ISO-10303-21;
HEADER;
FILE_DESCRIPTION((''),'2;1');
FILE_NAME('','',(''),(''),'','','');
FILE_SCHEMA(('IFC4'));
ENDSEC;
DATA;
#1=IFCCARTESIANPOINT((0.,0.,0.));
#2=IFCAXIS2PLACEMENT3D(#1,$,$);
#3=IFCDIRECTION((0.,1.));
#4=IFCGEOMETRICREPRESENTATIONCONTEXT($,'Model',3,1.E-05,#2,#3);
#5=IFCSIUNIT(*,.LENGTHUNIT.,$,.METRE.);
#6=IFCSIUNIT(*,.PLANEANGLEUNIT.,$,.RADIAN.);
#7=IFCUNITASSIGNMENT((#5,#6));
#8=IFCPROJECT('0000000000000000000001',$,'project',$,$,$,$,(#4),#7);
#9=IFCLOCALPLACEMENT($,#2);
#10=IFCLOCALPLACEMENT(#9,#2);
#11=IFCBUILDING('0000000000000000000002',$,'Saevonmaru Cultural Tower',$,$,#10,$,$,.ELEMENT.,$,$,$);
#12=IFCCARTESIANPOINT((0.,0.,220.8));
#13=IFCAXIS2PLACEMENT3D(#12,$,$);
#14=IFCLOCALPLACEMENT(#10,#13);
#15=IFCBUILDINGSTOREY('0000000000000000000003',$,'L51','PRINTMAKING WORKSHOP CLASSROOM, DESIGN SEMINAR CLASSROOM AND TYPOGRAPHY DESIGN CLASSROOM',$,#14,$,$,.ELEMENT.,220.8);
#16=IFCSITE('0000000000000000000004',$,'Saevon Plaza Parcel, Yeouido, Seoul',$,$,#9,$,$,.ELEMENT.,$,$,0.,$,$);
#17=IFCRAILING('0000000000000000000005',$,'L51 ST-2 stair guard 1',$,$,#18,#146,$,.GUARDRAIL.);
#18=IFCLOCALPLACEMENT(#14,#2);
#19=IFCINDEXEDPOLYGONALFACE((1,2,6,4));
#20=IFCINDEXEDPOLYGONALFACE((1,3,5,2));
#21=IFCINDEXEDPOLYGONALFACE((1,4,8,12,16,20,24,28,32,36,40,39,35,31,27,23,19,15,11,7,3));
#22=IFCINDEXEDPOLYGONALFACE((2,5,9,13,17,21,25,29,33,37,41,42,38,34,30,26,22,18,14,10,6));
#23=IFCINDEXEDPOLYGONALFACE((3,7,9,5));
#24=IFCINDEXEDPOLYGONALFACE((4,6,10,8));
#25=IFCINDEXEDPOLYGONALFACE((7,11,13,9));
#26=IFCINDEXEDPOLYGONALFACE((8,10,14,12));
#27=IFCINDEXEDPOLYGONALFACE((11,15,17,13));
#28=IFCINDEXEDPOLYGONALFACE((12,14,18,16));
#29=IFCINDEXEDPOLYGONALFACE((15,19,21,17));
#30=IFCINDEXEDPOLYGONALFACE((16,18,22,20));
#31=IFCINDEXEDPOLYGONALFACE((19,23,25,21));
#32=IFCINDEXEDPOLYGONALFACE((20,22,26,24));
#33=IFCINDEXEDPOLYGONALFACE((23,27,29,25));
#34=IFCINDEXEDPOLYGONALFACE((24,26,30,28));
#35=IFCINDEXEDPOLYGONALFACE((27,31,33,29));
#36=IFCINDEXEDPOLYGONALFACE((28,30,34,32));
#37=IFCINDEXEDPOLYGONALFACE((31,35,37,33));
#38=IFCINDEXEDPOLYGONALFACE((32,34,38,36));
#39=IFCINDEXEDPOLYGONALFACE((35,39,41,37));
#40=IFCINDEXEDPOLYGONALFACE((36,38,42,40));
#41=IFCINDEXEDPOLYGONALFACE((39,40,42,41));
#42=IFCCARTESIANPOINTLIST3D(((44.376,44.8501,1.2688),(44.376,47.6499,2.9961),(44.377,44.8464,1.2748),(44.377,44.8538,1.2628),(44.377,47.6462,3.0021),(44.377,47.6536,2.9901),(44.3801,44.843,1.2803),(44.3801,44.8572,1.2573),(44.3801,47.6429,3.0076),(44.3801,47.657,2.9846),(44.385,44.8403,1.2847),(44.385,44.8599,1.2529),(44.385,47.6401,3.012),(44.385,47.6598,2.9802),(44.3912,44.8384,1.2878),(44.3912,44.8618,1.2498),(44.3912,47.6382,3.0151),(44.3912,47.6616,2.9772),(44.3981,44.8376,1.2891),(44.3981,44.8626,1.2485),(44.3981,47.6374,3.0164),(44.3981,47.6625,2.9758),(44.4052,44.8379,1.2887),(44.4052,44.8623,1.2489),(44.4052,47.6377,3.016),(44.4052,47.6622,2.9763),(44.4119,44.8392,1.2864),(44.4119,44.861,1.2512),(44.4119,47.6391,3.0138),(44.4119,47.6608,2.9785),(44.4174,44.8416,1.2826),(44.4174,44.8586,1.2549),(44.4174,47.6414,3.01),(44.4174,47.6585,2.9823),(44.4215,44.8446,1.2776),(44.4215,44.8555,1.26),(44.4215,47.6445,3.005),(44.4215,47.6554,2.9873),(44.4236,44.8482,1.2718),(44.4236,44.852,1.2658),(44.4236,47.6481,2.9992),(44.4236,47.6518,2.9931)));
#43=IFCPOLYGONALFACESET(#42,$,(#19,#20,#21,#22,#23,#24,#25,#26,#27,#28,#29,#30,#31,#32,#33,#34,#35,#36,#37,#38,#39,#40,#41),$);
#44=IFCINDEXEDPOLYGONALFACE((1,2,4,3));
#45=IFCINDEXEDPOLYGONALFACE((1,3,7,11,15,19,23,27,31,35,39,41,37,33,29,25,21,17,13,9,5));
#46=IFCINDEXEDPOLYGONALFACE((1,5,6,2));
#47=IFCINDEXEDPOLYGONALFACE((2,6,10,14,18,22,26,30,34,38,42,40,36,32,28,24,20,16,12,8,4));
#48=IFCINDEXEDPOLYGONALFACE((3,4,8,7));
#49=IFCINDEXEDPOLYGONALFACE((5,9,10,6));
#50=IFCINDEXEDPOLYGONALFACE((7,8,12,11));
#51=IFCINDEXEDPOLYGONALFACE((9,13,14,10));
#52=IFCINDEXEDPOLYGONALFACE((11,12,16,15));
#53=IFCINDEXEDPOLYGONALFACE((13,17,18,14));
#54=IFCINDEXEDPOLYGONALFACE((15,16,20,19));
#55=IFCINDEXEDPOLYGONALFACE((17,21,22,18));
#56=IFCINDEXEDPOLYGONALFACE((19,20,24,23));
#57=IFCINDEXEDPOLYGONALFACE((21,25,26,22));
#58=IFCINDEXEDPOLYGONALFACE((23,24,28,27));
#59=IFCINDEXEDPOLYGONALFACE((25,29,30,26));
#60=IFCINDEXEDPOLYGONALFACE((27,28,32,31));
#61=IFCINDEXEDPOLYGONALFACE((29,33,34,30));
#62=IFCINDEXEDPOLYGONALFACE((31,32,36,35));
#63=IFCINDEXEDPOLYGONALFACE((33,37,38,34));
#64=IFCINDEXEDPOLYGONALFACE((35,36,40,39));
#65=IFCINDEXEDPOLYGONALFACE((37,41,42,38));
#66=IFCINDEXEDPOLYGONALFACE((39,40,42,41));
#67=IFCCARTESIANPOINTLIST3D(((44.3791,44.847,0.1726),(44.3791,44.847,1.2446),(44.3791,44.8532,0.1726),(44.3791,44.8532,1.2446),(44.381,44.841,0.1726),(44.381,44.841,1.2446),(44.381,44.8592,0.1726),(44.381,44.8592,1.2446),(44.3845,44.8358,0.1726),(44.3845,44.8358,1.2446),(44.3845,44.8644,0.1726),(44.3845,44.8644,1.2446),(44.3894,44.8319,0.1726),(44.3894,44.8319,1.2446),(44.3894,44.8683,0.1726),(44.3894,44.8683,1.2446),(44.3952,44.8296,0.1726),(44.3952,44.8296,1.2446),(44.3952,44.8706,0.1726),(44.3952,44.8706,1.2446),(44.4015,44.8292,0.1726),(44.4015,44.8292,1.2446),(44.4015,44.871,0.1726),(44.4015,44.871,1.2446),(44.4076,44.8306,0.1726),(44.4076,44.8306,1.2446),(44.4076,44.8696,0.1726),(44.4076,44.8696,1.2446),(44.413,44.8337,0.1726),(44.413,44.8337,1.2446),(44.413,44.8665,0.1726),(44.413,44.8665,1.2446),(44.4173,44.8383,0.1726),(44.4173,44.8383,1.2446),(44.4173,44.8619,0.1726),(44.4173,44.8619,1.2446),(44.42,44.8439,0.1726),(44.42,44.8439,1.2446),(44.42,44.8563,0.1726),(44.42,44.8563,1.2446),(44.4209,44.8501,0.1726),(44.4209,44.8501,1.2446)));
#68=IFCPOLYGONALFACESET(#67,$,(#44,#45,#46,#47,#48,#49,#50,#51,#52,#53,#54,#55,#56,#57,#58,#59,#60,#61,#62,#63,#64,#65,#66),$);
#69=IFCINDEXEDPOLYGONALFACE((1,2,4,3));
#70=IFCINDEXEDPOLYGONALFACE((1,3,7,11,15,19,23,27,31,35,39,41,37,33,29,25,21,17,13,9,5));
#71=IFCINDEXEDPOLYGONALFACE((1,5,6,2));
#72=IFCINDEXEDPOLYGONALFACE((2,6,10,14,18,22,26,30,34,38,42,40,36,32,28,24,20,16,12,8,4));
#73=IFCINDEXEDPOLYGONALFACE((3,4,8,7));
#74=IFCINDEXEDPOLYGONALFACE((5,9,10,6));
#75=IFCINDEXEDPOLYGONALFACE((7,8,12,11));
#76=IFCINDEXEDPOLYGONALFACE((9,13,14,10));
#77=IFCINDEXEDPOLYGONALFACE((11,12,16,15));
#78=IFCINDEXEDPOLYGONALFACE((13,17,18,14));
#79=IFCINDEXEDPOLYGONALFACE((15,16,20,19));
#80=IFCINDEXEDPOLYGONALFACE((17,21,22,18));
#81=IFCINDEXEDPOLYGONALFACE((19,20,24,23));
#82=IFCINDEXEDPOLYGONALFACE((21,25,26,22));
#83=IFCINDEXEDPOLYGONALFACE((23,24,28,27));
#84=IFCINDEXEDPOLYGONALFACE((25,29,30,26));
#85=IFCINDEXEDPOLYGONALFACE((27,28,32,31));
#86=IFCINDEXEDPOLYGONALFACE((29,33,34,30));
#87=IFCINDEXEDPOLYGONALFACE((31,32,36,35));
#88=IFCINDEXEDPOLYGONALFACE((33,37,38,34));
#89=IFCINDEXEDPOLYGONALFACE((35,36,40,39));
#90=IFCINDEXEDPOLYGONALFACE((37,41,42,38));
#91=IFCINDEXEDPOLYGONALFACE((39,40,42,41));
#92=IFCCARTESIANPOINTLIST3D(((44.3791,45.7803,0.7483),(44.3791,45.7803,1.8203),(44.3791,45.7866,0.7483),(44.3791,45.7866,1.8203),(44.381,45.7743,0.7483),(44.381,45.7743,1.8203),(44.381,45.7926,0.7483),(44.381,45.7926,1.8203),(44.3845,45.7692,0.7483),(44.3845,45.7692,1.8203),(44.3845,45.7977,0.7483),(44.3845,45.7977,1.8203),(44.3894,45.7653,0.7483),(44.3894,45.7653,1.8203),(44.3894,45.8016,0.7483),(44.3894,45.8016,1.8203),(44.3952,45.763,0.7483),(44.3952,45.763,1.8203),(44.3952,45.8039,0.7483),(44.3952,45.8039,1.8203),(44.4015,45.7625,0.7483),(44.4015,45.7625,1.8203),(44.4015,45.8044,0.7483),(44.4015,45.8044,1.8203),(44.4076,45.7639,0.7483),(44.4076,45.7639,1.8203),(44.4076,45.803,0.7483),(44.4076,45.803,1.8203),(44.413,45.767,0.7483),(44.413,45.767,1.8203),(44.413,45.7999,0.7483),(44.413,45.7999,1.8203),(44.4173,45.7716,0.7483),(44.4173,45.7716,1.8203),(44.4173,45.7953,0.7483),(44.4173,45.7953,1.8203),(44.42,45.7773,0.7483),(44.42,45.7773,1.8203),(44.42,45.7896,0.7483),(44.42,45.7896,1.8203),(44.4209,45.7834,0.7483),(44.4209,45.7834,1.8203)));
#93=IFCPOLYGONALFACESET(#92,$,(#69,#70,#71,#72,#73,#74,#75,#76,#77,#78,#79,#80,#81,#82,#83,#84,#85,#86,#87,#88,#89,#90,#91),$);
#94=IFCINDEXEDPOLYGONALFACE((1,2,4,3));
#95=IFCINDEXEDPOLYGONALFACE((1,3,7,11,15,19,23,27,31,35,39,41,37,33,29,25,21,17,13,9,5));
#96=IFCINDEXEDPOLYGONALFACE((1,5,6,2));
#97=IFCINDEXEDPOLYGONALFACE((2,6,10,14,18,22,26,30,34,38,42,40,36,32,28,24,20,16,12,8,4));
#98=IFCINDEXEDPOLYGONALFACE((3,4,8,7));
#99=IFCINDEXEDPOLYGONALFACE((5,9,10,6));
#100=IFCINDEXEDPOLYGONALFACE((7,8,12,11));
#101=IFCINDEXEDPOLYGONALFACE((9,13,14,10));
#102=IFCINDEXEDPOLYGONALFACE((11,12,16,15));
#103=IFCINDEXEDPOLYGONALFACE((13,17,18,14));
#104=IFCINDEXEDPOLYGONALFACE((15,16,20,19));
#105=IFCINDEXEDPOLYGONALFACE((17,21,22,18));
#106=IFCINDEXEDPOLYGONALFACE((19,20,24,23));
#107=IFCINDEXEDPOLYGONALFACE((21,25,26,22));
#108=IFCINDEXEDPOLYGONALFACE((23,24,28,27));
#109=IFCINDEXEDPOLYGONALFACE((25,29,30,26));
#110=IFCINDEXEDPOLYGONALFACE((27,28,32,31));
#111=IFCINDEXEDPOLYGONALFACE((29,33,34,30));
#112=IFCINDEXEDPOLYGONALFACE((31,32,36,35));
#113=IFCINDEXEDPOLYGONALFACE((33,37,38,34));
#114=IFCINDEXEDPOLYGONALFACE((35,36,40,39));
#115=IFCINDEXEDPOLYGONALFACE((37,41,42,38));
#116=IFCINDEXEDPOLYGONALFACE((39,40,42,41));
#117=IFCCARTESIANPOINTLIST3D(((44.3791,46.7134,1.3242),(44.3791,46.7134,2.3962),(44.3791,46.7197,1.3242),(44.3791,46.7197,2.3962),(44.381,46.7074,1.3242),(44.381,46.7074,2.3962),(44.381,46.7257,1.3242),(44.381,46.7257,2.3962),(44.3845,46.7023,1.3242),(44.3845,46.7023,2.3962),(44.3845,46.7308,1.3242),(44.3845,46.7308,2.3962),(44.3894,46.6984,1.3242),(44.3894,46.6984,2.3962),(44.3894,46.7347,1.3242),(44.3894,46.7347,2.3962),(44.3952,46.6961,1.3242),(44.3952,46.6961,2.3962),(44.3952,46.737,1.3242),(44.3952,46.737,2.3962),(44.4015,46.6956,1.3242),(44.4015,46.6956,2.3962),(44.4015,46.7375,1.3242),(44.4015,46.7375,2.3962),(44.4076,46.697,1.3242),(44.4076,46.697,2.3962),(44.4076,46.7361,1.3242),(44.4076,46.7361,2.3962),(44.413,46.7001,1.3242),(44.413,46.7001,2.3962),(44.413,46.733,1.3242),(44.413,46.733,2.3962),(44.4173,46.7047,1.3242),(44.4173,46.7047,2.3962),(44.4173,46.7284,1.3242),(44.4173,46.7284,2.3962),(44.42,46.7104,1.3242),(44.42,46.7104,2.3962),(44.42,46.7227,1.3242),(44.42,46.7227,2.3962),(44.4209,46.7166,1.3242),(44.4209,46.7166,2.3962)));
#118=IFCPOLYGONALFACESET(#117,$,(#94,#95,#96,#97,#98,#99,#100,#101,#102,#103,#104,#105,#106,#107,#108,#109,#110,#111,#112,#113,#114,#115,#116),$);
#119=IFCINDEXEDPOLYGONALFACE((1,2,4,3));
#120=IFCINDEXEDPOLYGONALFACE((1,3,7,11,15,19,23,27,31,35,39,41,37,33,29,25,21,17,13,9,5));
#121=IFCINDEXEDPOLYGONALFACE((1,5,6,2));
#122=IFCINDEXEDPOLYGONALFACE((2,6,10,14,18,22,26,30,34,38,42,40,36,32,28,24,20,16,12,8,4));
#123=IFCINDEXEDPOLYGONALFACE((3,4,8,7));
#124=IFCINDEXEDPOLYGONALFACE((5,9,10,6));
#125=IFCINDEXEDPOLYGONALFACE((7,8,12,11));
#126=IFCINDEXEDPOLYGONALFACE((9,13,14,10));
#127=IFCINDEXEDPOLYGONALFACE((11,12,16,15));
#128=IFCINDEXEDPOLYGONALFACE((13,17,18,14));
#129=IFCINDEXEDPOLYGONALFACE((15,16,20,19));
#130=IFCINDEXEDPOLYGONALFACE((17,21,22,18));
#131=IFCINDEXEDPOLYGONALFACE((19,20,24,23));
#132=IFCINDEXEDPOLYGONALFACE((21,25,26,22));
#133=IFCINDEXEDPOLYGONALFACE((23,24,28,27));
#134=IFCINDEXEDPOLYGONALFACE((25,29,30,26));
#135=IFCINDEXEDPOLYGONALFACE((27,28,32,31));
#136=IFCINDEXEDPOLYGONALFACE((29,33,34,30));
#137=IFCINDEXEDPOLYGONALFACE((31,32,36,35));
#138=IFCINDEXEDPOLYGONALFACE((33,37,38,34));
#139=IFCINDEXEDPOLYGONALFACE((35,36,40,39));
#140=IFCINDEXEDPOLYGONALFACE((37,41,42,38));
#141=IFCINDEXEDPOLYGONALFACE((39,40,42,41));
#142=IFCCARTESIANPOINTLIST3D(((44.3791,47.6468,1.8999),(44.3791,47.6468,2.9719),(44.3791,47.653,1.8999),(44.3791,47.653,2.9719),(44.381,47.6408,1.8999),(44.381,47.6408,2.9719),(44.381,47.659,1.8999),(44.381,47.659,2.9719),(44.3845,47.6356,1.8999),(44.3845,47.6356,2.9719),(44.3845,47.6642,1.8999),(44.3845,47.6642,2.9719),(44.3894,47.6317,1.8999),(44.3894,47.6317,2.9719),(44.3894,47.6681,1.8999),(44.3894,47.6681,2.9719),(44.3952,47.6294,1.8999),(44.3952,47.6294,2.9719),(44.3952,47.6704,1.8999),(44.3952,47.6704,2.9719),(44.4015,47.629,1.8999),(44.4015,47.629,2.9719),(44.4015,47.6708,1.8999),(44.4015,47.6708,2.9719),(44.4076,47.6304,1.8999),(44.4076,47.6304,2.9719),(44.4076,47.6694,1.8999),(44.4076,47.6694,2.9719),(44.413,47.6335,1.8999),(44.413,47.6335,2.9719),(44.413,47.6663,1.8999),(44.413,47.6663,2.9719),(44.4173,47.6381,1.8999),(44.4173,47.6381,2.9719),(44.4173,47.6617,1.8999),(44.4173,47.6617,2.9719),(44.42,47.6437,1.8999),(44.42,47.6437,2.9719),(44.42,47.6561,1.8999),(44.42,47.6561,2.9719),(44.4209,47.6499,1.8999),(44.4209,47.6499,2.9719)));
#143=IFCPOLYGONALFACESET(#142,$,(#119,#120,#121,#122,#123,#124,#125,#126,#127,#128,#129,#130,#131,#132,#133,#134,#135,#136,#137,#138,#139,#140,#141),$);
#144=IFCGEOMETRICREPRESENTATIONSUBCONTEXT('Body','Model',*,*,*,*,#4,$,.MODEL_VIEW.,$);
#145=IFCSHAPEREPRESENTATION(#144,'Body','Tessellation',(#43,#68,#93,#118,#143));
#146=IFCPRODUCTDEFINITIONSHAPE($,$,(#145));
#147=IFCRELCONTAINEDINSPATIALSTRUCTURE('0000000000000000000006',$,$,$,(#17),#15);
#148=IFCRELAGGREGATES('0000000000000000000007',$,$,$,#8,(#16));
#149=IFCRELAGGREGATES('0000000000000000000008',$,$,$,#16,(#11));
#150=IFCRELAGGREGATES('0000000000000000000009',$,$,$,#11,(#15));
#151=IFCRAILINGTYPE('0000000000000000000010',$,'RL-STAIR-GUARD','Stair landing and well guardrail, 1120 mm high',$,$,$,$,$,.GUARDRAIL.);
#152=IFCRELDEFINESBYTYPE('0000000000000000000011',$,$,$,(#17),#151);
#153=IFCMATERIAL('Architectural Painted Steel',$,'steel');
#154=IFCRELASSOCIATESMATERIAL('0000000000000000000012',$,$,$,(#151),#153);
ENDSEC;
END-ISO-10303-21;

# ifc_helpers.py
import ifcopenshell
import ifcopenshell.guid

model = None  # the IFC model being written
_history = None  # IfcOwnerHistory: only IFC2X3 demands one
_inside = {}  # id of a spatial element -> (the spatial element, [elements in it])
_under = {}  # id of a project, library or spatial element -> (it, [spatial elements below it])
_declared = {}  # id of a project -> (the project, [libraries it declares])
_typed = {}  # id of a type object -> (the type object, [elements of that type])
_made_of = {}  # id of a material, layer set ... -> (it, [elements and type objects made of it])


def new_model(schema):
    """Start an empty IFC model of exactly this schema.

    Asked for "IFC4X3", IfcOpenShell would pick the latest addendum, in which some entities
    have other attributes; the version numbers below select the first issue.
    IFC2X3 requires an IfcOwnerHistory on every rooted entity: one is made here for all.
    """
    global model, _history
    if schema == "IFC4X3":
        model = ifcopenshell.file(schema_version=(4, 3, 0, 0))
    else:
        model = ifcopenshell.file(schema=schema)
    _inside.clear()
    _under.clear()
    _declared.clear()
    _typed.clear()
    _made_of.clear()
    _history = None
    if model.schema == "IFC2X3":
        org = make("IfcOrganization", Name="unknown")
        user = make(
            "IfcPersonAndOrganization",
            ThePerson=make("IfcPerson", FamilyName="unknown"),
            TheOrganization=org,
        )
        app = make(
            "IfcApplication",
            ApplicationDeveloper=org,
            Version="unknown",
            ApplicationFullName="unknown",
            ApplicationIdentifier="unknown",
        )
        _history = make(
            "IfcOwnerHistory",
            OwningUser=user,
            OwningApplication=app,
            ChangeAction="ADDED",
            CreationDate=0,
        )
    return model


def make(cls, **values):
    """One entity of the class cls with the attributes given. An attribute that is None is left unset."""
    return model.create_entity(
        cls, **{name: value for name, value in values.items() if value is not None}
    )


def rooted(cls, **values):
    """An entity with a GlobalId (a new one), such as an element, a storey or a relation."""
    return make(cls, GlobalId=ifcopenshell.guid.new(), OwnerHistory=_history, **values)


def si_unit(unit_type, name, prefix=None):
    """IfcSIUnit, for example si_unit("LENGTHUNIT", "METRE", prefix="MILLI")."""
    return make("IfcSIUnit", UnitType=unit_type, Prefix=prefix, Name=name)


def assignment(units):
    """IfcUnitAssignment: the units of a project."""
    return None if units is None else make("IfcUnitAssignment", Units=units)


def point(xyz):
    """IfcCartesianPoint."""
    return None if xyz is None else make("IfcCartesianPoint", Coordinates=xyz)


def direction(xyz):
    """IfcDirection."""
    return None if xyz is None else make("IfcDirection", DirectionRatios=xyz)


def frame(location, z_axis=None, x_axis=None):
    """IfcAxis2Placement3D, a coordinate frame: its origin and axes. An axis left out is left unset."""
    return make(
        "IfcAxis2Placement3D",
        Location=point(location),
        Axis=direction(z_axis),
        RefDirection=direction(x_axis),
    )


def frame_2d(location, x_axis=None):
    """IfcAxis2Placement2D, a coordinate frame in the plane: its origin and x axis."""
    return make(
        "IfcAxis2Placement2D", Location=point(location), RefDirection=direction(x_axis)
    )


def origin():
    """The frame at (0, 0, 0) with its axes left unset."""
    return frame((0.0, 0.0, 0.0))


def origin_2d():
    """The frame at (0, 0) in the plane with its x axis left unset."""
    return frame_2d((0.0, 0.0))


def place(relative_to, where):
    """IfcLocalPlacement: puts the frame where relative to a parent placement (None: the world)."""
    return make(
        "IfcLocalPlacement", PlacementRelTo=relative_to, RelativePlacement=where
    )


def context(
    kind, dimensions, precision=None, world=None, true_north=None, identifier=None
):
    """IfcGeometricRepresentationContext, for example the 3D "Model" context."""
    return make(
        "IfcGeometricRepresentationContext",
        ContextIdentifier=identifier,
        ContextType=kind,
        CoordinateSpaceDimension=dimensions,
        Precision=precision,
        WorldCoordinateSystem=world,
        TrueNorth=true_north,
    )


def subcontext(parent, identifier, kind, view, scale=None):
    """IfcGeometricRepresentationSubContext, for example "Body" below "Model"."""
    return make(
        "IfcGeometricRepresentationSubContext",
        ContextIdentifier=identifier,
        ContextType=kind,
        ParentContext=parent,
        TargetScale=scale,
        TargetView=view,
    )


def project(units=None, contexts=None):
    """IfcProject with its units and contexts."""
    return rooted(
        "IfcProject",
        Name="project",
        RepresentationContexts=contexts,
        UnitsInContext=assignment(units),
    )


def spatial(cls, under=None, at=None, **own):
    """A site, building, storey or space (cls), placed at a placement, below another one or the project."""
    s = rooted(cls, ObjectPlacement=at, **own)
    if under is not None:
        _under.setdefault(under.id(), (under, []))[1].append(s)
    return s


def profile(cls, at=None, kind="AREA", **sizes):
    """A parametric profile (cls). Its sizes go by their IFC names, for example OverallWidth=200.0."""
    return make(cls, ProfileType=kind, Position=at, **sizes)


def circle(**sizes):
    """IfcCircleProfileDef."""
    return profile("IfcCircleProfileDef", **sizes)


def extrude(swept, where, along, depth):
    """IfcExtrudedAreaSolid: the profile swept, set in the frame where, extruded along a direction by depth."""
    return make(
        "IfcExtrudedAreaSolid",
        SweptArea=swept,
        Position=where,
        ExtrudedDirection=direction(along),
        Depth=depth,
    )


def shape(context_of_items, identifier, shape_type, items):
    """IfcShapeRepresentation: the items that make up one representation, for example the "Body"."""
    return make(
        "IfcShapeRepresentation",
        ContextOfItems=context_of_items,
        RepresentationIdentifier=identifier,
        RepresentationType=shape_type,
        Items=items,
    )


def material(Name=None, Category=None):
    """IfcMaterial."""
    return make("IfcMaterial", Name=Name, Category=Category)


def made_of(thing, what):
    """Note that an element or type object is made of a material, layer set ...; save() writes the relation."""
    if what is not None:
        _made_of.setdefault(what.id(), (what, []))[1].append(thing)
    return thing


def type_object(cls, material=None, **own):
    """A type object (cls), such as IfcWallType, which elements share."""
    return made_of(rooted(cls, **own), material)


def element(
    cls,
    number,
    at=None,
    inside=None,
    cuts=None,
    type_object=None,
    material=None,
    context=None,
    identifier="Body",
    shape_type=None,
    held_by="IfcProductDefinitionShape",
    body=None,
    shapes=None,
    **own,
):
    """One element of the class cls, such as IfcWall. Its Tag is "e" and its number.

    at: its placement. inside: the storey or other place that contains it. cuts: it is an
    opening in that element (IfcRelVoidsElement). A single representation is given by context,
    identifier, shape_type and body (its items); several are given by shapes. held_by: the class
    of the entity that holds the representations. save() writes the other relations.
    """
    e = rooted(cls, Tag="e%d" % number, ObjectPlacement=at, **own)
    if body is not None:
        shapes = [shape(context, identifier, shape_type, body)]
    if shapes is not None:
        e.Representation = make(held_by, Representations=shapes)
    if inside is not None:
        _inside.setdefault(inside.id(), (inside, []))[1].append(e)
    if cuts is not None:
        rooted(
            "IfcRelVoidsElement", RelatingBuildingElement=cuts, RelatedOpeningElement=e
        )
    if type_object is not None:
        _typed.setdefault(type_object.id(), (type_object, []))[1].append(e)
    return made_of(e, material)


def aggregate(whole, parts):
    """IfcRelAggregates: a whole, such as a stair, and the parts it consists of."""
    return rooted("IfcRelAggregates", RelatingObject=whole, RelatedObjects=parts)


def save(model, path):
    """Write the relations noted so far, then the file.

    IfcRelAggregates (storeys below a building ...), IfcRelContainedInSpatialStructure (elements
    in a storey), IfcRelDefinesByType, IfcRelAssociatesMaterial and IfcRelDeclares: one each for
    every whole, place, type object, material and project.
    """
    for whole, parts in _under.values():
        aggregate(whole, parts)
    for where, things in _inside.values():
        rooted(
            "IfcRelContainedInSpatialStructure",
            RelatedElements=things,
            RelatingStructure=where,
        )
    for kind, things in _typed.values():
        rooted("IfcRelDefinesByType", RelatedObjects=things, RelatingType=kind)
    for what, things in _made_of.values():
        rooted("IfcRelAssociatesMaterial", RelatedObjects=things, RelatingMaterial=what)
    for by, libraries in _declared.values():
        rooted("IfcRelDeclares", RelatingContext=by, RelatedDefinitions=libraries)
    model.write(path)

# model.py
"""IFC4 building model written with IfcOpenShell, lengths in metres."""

from ifc_helpers import new_model, si_unit, direction, frame, origin, origin_2d, place, context, subcontext, project, spatial, circle, extrude, material, type_object, element, save


model = new_model("IFC4")

# Units and contexts
model_context = context("Model", 3, precision=1e-05, world=origin(), true_north=direction((0.0, 1.0)))
body_context = subcontext(model_context, "Body", "Model", "MODEL_VIEW")
ifc_project = project(units=[si_unit("LENGTHUNIT", "METRE"), si_unit("PLANEANGLEUNIT", "RADIAN")], contexts=[model_context])

# Site, building, storey
site_placement = place(None, origin())
site = spatial("IfcSite", under=ifc_project, at=site_placement, Name="Saevon Plaza Parcel, Yeouido, Seoul", CompositionType="ELEMENT", RefElevation=0.0)
building_placement = place(site_placement, origin())
building = spatial("IfcBuilding", under=site, at=building_placement, Name="Saevonmaru Cultural Tower", CompositionType="ELEMENT")
storey_placement = place(building_placement, frame((0.0, 0.0, 220.8)))
storey = spatial("IfcBuildingStorey", under=building, at=storey_placement, Name="L51", Description="PRINTMAKING WORKSHOP CLASSROOM, DESIGN SEMINAR CLASSROOM AND TYPOGRAPHY DESIGN CLASSROOM", CompositionType="ELEMENT", Elevation=220.8)

# Railing
ifc_material_1 = material(Name="Architectural Painted Steel", Category="steel")
railing_type_1 = type_object("IfcRailingType", Name="RL-STAIR-GUARD", Description="Stair landing and well guardrail, 1120 mm high", PredefinedType="GUARDRAIL", material=ifc_material_1)
railing_1_placement = place(storey_placement, frame((44.3999, 44.8501, 0.1726)))
element("IfcRailing", 1, at=railing_1_placement, inside=storey, type_object=railing_type_1, Name="L51 ST-2 stair guard 1", PredefinedType="GUARDRAIL", context=body_context, shape_type="SweptSolid", body=[
    extrude(circle(Radius=0.0239, at=origin_2d()), frame((0.0, 0.0, 1.0962), z_axis=(0.0, 0.851069, 0.525054), x_axis=(-1.0, 0.0, 0.0)), (0.0, 0.0, 1.0), 3.2898),
    extrude(circle(Radius=0.021, at=origin_2d()), origin(), (0.0, 0.0, 1.0), 1.072),
    extrude(circle(Radius=0.021, at=origin_2d()), frame((0.0, 0.9333, 0.5757)), (0.0, 0.0, 1.0), 1.072),
    extrude(circle(Radius=0.021, at=origin_2d()), frame((0.0, 1.8665, 1.1516)), (0.0, 0.0, 1.0), 1.072),
    extrude(circle(Radius=0.021, at=origin_2d()), frame((0.0, 2.7998, 1.7273)), (0.0, 0.0, 1.0), 1.072),
])

save(model, "model.ifc")
